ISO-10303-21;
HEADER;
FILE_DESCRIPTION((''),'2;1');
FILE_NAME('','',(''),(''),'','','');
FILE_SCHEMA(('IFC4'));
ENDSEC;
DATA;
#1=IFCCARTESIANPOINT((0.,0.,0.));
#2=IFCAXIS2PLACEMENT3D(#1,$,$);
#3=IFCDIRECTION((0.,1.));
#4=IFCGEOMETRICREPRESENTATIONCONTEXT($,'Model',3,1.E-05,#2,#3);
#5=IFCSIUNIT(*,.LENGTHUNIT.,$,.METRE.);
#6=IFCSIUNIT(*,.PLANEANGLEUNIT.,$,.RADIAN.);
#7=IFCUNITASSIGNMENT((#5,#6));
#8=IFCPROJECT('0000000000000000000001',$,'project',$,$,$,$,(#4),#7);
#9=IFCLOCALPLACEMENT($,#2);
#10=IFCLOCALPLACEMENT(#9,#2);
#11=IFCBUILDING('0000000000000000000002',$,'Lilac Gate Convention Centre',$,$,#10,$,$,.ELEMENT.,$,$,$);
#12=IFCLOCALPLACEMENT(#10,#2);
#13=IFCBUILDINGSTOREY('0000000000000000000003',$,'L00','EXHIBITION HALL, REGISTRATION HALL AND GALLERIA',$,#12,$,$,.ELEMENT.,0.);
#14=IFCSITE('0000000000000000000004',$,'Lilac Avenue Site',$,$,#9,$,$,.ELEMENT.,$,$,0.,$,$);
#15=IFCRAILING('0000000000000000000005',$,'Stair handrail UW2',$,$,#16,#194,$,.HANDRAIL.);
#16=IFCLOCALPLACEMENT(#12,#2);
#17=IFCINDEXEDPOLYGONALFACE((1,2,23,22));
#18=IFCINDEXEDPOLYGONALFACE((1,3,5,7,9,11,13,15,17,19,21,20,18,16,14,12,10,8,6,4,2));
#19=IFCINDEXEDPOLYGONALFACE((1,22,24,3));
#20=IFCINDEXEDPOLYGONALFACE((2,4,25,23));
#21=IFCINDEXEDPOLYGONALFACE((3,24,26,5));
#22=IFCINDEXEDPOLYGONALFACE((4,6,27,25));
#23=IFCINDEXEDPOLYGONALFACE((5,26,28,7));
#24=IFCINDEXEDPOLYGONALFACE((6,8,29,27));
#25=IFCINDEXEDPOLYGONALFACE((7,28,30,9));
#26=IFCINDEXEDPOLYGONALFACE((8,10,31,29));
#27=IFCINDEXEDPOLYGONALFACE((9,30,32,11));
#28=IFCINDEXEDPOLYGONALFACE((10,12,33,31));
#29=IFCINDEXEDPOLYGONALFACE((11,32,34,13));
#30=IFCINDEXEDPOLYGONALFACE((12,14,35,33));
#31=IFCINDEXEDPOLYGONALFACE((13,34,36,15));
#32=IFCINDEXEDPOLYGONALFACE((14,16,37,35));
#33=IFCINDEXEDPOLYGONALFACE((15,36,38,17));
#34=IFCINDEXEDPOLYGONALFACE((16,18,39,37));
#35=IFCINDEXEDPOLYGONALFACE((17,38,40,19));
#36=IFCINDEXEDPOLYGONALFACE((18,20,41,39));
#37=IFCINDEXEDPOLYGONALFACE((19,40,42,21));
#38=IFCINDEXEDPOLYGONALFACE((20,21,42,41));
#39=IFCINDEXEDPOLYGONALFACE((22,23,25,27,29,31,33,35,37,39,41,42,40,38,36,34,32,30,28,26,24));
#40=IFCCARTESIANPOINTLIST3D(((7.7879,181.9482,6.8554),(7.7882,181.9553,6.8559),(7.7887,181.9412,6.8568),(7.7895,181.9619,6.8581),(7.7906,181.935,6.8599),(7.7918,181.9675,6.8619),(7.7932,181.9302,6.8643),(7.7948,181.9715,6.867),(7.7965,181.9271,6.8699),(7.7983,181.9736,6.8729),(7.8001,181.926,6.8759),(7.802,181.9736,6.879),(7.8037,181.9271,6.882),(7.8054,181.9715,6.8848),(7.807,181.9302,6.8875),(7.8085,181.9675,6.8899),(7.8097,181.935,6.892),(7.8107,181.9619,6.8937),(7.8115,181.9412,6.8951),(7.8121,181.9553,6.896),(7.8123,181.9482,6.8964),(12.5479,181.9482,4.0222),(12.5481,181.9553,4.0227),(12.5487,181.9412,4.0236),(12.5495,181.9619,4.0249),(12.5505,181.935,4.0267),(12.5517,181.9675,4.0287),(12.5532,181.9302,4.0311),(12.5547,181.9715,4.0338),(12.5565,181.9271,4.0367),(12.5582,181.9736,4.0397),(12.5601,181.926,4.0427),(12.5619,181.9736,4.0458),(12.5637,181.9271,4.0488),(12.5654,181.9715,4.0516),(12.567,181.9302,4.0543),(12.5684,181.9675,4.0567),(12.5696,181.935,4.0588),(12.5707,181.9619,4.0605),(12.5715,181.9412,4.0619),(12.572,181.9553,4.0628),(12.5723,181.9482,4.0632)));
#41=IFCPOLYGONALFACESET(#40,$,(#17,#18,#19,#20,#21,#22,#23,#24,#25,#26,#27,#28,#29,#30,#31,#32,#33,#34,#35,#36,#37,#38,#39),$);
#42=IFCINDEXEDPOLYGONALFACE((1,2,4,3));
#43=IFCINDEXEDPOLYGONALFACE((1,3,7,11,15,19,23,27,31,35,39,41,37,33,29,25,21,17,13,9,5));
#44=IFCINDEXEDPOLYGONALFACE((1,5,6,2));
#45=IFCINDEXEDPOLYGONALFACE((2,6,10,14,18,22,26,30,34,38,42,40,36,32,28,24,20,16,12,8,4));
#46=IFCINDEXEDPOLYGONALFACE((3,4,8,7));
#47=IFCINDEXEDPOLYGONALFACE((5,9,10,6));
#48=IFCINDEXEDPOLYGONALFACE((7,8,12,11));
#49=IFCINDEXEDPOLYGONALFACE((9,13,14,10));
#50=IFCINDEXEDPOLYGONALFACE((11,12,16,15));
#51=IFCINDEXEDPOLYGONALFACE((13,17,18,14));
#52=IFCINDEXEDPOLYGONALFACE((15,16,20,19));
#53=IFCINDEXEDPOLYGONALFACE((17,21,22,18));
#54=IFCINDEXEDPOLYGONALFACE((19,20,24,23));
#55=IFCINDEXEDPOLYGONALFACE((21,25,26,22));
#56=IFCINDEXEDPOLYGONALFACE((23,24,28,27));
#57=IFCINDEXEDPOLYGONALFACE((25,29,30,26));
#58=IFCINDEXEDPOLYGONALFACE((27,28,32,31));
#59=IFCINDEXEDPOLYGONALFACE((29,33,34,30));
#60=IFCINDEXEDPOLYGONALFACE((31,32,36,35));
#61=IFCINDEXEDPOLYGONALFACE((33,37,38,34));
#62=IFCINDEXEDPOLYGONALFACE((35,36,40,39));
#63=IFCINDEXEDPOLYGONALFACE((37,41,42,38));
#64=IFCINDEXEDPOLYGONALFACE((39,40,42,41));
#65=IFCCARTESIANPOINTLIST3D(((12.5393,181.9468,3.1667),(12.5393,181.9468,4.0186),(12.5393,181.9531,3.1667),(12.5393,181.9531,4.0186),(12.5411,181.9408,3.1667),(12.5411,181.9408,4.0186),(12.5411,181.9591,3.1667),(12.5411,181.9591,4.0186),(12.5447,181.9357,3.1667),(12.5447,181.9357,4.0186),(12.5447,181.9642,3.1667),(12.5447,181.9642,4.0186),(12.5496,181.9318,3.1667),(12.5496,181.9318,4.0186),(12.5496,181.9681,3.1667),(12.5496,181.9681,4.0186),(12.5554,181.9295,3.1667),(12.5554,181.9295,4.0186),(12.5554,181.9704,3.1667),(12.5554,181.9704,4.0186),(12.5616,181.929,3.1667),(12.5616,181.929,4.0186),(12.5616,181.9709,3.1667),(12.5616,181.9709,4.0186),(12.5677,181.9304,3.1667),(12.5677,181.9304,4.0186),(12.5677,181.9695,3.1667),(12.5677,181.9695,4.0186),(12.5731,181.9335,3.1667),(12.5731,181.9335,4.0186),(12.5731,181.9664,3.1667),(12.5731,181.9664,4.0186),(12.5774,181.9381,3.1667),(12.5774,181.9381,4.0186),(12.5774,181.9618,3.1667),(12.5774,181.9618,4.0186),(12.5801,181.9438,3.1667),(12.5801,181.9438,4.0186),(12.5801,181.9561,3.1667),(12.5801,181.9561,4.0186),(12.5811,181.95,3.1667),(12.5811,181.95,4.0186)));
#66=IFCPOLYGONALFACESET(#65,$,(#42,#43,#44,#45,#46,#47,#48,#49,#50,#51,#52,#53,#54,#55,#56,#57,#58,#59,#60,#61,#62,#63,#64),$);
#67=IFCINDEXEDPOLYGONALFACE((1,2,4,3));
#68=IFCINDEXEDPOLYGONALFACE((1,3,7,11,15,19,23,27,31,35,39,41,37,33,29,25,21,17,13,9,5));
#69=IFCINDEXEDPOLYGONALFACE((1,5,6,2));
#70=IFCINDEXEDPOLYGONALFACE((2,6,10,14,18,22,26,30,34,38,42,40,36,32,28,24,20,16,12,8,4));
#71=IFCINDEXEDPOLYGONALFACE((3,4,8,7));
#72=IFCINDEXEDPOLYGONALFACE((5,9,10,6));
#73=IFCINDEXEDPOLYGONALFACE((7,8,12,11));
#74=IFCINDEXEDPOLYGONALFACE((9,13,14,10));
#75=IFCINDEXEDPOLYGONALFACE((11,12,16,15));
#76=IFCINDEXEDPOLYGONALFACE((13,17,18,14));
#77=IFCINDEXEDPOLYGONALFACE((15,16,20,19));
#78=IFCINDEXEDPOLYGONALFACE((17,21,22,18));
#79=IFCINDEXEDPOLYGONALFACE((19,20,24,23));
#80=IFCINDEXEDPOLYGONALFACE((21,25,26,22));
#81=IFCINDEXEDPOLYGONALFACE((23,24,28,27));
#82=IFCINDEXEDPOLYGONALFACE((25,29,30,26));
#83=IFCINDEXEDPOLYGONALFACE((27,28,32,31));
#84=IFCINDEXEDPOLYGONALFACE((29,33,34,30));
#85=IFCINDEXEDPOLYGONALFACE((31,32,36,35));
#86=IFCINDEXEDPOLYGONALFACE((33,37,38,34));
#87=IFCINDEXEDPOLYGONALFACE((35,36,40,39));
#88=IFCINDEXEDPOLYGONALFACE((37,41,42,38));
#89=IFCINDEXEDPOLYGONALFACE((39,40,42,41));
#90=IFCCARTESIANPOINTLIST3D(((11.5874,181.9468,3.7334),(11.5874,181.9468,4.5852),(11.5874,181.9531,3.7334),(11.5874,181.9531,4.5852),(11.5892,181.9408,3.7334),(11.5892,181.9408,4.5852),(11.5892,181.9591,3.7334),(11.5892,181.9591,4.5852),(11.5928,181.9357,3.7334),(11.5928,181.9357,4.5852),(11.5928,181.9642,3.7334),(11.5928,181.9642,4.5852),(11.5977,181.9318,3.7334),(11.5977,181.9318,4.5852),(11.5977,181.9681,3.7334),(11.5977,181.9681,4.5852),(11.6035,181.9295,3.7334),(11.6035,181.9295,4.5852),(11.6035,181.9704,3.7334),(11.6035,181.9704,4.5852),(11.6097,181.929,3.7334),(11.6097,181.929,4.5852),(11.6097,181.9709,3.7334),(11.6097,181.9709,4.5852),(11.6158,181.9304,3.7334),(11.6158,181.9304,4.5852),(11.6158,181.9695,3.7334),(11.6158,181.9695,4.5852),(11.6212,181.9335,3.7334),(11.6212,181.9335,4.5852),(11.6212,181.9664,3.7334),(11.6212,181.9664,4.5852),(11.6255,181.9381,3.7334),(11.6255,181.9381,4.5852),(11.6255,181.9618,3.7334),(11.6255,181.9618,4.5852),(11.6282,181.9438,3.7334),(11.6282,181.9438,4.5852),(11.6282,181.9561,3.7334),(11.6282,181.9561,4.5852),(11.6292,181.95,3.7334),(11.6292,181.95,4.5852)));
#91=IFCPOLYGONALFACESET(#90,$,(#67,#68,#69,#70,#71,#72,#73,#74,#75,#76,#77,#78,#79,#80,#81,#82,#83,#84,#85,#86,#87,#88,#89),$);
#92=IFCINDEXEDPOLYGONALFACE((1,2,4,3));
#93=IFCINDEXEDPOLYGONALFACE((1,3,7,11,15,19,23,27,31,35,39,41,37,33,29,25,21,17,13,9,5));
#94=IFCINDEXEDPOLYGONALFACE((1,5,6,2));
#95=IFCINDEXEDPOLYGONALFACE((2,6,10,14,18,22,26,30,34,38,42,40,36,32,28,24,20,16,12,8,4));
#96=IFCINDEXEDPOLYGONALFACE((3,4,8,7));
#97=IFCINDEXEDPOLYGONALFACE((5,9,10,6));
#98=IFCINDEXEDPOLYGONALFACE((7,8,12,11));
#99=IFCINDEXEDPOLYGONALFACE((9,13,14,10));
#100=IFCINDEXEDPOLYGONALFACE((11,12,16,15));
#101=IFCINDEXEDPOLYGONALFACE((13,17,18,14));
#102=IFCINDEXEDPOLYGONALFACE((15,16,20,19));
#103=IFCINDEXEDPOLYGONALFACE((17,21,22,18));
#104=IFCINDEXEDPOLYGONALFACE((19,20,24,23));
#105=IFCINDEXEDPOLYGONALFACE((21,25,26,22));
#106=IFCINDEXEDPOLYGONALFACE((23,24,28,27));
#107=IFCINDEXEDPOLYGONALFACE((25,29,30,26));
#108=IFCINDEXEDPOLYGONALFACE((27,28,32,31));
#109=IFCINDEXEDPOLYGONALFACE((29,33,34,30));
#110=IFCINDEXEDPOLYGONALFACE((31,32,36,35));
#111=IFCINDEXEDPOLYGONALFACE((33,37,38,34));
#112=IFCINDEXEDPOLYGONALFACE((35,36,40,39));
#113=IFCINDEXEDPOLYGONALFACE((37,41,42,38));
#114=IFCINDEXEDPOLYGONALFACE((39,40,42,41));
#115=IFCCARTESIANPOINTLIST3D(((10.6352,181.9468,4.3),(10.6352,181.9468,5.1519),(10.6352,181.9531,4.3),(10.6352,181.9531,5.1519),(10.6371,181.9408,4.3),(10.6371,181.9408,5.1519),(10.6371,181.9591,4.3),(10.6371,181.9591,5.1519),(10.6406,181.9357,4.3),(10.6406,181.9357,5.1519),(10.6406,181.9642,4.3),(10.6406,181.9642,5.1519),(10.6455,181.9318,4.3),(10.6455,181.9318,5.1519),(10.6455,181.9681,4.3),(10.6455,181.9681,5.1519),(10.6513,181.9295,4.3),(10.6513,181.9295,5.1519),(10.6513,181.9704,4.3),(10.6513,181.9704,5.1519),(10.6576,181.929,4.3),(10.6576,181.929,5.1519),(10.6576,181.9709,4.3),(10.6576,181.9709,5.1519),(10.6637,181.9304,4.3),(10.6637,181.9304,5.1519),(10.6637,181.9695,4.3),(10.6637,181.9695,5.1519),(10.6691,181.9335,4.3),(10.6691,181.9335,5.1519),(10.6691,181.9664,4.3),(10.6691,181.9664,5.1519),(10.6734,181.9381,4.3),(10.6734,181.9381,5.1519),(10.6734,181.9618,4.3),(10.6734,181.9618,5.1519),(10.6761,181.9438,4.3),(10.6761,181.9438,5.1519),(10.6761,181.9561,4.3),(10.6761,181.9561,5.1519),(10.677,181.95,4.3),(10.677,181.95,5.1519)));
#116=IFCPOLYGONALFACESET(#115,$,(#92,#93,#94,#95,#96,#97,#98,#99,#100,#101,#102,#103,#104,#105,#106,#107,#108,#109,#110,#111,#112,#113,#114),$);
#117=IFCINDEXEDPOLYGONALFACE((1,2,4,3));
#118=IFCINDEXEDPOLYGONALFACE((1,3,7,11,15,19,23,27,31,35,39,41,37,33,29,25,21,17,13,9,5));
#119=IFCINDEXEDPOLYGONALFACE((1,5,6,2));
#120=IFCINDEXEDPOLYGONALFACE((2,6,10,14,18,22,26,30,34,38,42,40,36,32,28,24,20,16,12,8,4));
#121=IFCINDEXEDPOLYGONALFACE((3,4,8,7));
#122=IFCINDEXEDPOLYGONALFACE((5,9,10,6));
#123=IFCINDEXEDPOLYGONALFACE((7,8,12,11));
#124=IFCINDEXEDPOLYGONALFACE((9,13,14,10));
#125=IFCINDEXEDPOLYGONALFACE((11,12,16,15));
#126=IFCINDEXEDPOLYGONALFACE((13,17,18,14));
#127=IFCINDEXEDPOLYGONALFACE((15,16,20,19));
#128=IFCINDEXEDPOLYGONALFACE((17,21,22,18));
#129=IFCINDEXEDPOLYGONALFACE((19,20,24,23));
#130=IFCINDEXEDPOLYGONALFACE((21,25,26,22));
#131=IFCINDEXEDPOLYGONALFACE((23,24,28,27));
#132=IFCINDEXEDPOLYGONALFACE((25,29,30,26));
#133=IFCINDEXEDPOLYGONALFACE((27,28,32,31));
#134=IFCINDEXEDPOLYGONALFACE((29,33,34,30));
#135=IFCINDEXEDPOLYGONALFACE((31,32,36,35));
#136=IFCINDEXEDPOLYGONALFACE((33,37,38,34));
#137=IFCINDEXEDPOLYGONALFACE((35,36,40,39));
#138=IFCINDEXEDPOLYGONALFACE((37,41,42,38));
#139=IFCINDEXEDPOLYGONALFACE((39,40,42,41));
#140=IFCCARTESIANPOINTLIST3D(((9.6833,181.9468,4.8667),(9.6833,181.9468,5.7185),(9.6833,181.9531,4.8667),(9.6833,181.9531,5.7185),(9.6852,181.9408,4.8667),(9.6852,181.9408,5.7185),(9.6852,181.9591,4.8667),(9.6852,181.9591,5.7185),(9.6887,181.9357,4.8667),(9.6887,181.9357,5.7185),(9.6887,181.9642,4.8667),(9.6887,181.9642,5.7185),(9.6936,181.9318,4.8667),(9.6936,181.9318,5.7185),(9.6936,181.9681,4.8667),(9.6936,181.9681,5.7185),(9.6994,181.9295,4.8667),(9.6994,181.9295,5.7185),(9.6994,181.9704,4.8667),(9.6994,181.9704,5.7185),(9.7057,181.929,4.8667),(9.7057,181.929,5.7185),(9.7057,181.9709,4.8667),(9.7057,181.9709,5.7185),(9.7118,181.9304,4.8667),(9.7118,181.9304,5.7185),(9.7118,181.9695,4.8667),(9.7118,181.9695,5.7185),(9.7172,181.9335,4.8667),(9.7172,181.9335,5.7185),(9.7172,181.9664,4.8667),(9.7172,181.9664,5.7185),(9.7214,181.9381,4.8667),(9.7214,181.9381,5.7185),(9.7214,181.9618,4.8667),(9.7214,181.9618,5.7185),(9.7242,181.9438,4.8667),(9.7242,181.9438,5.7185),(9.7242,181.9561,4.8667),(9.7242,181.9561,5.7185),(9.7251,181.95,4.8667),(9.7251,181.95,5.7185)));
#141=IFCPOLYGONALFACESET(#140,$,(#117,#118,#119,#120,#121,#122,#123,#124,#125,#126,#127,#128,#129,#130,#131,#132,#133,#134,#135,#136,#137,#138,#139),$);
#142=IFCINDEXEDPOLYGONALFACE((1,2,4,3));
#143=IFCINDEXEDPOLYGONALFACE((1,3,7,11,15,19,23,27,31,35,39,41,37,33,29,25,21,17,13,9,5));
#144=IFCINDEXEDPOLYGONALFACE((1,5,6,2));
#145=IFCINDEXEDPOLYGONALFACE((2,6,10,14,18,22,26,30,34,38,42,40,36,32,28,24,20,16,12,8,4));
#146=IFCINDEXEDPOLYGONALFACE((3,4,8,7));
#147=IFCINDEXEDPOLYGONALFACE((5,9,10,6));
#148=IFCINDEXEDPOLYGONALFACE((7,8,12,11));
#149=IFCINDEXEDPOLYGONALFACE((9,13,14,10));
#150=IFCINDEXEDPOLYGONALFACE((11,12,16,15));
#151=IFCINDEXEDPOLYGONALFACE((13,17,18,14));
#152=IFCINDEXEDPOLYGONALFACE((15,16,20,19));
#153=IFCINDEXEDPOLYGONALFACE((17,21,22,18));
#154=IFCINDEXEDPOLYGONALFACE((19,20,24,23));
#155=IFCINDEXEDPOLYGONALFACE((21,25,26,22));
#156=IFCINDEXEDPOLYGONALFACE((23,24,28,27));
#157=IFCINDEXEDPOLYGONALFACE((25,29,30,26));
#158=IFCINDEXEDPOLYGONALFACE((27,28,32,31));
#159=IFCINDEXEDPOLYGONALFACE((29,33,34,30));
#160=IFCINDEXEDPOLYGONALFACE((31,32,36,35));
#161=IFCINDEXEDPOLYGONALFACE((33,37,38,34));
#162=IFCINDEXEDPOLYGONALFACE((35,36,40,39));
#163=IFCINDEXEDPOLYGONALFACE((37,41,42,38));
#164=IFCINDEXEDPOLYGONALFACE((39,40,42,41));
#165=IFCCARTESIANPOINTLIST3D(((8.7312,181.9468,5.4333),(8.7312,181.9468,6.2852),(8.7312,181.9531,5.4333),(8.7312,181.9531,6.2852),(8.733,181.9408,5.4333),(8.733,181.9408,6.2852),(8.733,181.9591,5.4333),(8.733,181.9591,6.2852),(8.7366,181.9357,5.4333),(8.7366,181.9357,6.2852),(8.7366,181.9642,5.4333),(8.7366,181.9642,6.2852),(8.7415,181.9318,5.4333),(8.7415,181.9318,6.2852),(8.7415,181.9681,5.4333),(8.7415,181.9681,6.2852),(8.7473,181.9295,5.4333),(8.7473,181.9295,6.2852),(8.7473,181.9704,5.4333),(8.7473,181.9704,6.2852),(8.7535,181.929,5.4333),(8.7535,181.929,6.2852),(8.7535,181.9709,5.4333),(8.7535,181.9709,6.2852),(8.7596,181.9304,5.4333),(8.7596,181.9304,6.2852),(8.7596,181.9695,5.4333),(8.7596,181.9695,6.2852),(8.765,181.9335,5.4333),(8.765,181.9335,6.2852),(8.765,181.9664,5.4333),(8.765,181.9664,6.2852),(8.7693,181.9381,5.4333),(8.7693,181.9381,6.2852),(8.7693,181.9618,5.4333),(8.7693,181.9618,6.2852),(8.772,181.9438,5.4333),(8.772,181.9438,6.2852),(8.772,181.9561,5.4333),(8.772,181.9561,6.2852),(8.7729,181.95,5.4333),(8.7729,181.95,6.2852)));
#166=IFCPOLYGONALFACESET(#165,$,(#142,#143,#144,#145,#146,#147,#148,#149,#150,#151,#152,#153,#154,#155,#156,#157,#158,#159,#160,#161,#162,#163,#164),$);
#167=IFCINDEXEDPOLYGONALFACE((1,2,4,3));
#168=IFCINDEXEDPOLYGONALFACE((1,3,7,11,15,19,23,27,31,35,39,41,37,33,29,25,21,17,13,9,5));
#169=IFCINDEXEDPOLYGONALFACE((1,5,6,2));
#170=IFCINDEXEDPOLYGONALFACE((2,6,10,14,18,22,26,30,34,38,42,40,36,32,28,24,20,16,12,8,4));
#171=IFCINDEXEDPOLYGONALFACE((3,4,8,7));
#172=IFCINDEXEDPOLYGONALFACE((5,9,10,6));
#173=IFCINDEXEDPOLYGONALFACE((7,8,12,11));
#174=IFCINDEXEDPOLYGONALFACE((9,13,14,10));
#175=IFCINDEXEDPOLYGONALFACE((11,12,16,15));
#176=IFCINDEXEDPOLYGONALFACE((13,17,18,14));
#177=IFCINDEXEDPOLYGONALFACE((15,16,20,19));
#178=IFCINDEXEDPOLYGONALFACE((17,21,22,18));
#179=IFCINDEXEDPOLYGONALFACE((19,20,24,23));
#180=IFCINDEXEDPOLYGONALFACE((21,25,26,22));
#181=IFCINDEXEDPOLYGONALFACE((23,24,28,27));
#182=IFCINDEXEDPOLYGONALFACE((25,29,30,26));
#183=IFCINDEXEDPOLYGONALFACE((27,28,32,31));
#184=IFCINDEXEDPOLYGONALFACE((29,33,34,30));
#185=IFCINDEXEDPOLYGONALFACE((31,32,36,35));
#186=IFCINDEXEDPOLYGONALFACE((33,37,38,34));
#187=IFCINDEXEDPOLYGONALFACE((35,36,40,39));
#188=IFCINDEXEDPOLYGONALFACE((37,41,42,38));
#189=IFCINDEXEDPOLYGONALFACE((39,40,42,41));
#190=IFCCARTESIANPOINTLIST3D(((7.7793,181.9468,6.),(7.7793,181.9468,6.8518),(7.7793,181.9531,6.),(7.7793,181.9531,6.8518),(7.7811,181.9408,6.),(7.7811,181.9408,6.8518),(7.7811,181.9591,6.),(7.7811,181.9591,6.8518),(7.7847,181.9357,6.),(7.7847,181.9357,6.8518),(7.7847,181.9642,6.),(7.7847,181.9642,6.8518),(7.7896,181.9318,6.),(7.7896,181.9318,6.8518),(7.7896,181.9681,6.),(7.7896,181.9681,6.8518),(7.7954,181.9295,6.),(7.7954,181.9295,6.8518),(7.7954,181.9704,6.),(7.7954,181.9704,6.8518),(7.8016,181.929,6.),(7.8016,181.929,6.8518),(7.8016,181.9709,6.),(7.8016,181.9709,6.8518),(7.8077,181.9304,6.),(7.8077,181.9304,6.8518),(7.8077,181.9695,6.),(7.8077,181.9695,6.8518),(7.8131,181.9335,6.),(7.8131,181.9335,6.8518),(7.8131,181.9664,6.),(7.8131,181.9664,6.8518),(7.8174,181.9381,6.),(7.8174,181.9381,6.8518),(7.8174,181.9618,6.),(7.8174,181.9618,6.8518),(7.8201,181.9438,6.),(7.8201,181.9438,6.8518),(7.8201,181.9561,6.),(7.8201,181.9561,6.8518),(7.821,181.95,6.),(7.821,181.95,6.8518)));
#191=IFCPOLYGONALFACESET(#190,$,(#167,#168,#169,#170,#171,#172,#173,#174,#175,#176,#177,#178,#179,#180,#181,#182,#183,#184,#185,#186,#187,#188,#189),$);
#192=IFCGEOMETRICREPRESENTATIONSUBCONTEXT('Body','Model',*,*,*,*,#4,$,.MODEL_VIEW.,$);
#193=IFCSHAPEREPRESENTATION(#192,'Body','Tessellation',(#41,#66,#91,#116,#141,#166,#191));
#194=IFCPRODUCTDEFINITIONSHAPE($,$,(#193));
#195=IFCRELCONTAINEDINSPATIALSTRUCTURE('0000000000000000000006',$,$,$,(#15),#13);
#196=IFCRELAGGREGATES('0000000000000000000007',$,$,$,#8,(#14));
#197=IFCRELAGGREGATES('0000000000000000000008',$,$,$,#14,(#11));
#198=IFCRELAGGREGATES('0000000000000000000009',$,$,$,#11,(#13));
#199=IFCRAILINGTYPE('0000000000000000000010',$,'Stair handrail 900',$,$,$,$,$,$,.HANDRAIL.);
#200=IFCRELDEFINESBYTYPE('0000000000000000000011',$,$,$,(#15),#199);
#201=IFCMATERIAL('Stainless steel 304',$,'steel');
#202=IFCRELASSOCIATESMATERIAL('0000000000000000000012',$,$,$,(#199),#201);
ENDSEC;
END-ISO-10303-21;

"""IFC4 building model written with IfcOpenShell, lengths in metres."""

from ifc_helpers import new_model, si_unit, direction, frame, origin, origin_2d, place, context, subcontext, project, spatial, circle, extrude, material, type_object, element, save


model = new_model("IFC4")

# Units and contexts
model_context = context("Model", 3, precision=1e-05, world=origin(), true_north=direction((0.0, 1.0)))
body_context = subcontext(model_context, "Body", "Model", "MODEL_VIEW")
ifc_project = project(units=[si_unit("LENGTHUNIT", "METRE"), si_unit("PLANEANGLEUNIT", "RADIAN")], contexts=[model_context])

# Site, building, storey
site_placement = place(None, origin())
site = spatial("IfcSite", under=ifc_project, at=site_placement, Name="Lilac Avenue Site", CompositionType="ELEMENT", RefElevation=0.0)
building_placement = place(site_placement, origin())
building = spatial("IfcBuilding", under=site, at=building_placement, Name="Lilac Gate Convention Centre", CompositionType="ELEMENT")
storey_placement = place(building_placement, origin())
storey = spatial("IfcBuildingStorey", under=building, at=storey_placement, Name="L00", Description="EXHIBITION HALL, REGISTRATION HALL AND GALLERIA", CompositionType="ELEMENT", Elevation=0.0)

# Railing
ifc_material_1 = material(Name="Stainless steel 304", Category="steel")
railing_type = type_object("IfcRailingType", Name="Stair handrail 900", PredefinedType="HANDRAIL", material=ifc_material_1)
for number, where, name in (
    (1, (12.5601, 181.95, 3.1667), "Stair handrail UW2"),
):
    element("IfcRailing", number, at=place(storey_placement, frame(where)), inside=storey, type_object=railing_type, Name=name, PredefinedType="HANDRAIL", context=body_context, shape_type="SweptSolid", body=[
        extrude(circle(Radius=0.0239, at=origin_2d()), frame((0.0, 0.0, 0.876), z_axis=(-0.8593, 0.0, 0.511472), x_axis=(0.0, -1.0, 0.0)), (0.0, 0.0, 1.0), 5.5393),
        extrude(circle(Radius=0.021, at=origin_2d()), origin(), (0.0, 0.0, 1.0), 0.8518),
        extrude(circle(Radius=0.021, at=origin_2d()), frame((-0.9519, 0.0, 0.5667)), (0.0, 0.0, 1.0), 0.8518),
        extrude(circle(Radius=0.021, at=origin_2d()), frame((-1.9041, 0.0, 1.1333)), (0.0, 0.0, 1.0), 0.8518),
        extrude(circle(Radius=0.021, at=origin_2d()), frame((-2.856, 0.0, 1.7)), (0.0, 0.0, 1.0), 0.8518),
        extrude(circle(Radius=0.021, at=origin_2d()), frame((-3.8081, 0.0, 2.2666)), (0.0, 0.0, 1.0), 0.8518),
        extrude(circle(Radius=0.021, at=origin_2d()), frame((-4.76, 0.0, 2.8333)), (0.0, 0.0, 1.0), 0.8518),
    ])

save(model, "model.ifc")
